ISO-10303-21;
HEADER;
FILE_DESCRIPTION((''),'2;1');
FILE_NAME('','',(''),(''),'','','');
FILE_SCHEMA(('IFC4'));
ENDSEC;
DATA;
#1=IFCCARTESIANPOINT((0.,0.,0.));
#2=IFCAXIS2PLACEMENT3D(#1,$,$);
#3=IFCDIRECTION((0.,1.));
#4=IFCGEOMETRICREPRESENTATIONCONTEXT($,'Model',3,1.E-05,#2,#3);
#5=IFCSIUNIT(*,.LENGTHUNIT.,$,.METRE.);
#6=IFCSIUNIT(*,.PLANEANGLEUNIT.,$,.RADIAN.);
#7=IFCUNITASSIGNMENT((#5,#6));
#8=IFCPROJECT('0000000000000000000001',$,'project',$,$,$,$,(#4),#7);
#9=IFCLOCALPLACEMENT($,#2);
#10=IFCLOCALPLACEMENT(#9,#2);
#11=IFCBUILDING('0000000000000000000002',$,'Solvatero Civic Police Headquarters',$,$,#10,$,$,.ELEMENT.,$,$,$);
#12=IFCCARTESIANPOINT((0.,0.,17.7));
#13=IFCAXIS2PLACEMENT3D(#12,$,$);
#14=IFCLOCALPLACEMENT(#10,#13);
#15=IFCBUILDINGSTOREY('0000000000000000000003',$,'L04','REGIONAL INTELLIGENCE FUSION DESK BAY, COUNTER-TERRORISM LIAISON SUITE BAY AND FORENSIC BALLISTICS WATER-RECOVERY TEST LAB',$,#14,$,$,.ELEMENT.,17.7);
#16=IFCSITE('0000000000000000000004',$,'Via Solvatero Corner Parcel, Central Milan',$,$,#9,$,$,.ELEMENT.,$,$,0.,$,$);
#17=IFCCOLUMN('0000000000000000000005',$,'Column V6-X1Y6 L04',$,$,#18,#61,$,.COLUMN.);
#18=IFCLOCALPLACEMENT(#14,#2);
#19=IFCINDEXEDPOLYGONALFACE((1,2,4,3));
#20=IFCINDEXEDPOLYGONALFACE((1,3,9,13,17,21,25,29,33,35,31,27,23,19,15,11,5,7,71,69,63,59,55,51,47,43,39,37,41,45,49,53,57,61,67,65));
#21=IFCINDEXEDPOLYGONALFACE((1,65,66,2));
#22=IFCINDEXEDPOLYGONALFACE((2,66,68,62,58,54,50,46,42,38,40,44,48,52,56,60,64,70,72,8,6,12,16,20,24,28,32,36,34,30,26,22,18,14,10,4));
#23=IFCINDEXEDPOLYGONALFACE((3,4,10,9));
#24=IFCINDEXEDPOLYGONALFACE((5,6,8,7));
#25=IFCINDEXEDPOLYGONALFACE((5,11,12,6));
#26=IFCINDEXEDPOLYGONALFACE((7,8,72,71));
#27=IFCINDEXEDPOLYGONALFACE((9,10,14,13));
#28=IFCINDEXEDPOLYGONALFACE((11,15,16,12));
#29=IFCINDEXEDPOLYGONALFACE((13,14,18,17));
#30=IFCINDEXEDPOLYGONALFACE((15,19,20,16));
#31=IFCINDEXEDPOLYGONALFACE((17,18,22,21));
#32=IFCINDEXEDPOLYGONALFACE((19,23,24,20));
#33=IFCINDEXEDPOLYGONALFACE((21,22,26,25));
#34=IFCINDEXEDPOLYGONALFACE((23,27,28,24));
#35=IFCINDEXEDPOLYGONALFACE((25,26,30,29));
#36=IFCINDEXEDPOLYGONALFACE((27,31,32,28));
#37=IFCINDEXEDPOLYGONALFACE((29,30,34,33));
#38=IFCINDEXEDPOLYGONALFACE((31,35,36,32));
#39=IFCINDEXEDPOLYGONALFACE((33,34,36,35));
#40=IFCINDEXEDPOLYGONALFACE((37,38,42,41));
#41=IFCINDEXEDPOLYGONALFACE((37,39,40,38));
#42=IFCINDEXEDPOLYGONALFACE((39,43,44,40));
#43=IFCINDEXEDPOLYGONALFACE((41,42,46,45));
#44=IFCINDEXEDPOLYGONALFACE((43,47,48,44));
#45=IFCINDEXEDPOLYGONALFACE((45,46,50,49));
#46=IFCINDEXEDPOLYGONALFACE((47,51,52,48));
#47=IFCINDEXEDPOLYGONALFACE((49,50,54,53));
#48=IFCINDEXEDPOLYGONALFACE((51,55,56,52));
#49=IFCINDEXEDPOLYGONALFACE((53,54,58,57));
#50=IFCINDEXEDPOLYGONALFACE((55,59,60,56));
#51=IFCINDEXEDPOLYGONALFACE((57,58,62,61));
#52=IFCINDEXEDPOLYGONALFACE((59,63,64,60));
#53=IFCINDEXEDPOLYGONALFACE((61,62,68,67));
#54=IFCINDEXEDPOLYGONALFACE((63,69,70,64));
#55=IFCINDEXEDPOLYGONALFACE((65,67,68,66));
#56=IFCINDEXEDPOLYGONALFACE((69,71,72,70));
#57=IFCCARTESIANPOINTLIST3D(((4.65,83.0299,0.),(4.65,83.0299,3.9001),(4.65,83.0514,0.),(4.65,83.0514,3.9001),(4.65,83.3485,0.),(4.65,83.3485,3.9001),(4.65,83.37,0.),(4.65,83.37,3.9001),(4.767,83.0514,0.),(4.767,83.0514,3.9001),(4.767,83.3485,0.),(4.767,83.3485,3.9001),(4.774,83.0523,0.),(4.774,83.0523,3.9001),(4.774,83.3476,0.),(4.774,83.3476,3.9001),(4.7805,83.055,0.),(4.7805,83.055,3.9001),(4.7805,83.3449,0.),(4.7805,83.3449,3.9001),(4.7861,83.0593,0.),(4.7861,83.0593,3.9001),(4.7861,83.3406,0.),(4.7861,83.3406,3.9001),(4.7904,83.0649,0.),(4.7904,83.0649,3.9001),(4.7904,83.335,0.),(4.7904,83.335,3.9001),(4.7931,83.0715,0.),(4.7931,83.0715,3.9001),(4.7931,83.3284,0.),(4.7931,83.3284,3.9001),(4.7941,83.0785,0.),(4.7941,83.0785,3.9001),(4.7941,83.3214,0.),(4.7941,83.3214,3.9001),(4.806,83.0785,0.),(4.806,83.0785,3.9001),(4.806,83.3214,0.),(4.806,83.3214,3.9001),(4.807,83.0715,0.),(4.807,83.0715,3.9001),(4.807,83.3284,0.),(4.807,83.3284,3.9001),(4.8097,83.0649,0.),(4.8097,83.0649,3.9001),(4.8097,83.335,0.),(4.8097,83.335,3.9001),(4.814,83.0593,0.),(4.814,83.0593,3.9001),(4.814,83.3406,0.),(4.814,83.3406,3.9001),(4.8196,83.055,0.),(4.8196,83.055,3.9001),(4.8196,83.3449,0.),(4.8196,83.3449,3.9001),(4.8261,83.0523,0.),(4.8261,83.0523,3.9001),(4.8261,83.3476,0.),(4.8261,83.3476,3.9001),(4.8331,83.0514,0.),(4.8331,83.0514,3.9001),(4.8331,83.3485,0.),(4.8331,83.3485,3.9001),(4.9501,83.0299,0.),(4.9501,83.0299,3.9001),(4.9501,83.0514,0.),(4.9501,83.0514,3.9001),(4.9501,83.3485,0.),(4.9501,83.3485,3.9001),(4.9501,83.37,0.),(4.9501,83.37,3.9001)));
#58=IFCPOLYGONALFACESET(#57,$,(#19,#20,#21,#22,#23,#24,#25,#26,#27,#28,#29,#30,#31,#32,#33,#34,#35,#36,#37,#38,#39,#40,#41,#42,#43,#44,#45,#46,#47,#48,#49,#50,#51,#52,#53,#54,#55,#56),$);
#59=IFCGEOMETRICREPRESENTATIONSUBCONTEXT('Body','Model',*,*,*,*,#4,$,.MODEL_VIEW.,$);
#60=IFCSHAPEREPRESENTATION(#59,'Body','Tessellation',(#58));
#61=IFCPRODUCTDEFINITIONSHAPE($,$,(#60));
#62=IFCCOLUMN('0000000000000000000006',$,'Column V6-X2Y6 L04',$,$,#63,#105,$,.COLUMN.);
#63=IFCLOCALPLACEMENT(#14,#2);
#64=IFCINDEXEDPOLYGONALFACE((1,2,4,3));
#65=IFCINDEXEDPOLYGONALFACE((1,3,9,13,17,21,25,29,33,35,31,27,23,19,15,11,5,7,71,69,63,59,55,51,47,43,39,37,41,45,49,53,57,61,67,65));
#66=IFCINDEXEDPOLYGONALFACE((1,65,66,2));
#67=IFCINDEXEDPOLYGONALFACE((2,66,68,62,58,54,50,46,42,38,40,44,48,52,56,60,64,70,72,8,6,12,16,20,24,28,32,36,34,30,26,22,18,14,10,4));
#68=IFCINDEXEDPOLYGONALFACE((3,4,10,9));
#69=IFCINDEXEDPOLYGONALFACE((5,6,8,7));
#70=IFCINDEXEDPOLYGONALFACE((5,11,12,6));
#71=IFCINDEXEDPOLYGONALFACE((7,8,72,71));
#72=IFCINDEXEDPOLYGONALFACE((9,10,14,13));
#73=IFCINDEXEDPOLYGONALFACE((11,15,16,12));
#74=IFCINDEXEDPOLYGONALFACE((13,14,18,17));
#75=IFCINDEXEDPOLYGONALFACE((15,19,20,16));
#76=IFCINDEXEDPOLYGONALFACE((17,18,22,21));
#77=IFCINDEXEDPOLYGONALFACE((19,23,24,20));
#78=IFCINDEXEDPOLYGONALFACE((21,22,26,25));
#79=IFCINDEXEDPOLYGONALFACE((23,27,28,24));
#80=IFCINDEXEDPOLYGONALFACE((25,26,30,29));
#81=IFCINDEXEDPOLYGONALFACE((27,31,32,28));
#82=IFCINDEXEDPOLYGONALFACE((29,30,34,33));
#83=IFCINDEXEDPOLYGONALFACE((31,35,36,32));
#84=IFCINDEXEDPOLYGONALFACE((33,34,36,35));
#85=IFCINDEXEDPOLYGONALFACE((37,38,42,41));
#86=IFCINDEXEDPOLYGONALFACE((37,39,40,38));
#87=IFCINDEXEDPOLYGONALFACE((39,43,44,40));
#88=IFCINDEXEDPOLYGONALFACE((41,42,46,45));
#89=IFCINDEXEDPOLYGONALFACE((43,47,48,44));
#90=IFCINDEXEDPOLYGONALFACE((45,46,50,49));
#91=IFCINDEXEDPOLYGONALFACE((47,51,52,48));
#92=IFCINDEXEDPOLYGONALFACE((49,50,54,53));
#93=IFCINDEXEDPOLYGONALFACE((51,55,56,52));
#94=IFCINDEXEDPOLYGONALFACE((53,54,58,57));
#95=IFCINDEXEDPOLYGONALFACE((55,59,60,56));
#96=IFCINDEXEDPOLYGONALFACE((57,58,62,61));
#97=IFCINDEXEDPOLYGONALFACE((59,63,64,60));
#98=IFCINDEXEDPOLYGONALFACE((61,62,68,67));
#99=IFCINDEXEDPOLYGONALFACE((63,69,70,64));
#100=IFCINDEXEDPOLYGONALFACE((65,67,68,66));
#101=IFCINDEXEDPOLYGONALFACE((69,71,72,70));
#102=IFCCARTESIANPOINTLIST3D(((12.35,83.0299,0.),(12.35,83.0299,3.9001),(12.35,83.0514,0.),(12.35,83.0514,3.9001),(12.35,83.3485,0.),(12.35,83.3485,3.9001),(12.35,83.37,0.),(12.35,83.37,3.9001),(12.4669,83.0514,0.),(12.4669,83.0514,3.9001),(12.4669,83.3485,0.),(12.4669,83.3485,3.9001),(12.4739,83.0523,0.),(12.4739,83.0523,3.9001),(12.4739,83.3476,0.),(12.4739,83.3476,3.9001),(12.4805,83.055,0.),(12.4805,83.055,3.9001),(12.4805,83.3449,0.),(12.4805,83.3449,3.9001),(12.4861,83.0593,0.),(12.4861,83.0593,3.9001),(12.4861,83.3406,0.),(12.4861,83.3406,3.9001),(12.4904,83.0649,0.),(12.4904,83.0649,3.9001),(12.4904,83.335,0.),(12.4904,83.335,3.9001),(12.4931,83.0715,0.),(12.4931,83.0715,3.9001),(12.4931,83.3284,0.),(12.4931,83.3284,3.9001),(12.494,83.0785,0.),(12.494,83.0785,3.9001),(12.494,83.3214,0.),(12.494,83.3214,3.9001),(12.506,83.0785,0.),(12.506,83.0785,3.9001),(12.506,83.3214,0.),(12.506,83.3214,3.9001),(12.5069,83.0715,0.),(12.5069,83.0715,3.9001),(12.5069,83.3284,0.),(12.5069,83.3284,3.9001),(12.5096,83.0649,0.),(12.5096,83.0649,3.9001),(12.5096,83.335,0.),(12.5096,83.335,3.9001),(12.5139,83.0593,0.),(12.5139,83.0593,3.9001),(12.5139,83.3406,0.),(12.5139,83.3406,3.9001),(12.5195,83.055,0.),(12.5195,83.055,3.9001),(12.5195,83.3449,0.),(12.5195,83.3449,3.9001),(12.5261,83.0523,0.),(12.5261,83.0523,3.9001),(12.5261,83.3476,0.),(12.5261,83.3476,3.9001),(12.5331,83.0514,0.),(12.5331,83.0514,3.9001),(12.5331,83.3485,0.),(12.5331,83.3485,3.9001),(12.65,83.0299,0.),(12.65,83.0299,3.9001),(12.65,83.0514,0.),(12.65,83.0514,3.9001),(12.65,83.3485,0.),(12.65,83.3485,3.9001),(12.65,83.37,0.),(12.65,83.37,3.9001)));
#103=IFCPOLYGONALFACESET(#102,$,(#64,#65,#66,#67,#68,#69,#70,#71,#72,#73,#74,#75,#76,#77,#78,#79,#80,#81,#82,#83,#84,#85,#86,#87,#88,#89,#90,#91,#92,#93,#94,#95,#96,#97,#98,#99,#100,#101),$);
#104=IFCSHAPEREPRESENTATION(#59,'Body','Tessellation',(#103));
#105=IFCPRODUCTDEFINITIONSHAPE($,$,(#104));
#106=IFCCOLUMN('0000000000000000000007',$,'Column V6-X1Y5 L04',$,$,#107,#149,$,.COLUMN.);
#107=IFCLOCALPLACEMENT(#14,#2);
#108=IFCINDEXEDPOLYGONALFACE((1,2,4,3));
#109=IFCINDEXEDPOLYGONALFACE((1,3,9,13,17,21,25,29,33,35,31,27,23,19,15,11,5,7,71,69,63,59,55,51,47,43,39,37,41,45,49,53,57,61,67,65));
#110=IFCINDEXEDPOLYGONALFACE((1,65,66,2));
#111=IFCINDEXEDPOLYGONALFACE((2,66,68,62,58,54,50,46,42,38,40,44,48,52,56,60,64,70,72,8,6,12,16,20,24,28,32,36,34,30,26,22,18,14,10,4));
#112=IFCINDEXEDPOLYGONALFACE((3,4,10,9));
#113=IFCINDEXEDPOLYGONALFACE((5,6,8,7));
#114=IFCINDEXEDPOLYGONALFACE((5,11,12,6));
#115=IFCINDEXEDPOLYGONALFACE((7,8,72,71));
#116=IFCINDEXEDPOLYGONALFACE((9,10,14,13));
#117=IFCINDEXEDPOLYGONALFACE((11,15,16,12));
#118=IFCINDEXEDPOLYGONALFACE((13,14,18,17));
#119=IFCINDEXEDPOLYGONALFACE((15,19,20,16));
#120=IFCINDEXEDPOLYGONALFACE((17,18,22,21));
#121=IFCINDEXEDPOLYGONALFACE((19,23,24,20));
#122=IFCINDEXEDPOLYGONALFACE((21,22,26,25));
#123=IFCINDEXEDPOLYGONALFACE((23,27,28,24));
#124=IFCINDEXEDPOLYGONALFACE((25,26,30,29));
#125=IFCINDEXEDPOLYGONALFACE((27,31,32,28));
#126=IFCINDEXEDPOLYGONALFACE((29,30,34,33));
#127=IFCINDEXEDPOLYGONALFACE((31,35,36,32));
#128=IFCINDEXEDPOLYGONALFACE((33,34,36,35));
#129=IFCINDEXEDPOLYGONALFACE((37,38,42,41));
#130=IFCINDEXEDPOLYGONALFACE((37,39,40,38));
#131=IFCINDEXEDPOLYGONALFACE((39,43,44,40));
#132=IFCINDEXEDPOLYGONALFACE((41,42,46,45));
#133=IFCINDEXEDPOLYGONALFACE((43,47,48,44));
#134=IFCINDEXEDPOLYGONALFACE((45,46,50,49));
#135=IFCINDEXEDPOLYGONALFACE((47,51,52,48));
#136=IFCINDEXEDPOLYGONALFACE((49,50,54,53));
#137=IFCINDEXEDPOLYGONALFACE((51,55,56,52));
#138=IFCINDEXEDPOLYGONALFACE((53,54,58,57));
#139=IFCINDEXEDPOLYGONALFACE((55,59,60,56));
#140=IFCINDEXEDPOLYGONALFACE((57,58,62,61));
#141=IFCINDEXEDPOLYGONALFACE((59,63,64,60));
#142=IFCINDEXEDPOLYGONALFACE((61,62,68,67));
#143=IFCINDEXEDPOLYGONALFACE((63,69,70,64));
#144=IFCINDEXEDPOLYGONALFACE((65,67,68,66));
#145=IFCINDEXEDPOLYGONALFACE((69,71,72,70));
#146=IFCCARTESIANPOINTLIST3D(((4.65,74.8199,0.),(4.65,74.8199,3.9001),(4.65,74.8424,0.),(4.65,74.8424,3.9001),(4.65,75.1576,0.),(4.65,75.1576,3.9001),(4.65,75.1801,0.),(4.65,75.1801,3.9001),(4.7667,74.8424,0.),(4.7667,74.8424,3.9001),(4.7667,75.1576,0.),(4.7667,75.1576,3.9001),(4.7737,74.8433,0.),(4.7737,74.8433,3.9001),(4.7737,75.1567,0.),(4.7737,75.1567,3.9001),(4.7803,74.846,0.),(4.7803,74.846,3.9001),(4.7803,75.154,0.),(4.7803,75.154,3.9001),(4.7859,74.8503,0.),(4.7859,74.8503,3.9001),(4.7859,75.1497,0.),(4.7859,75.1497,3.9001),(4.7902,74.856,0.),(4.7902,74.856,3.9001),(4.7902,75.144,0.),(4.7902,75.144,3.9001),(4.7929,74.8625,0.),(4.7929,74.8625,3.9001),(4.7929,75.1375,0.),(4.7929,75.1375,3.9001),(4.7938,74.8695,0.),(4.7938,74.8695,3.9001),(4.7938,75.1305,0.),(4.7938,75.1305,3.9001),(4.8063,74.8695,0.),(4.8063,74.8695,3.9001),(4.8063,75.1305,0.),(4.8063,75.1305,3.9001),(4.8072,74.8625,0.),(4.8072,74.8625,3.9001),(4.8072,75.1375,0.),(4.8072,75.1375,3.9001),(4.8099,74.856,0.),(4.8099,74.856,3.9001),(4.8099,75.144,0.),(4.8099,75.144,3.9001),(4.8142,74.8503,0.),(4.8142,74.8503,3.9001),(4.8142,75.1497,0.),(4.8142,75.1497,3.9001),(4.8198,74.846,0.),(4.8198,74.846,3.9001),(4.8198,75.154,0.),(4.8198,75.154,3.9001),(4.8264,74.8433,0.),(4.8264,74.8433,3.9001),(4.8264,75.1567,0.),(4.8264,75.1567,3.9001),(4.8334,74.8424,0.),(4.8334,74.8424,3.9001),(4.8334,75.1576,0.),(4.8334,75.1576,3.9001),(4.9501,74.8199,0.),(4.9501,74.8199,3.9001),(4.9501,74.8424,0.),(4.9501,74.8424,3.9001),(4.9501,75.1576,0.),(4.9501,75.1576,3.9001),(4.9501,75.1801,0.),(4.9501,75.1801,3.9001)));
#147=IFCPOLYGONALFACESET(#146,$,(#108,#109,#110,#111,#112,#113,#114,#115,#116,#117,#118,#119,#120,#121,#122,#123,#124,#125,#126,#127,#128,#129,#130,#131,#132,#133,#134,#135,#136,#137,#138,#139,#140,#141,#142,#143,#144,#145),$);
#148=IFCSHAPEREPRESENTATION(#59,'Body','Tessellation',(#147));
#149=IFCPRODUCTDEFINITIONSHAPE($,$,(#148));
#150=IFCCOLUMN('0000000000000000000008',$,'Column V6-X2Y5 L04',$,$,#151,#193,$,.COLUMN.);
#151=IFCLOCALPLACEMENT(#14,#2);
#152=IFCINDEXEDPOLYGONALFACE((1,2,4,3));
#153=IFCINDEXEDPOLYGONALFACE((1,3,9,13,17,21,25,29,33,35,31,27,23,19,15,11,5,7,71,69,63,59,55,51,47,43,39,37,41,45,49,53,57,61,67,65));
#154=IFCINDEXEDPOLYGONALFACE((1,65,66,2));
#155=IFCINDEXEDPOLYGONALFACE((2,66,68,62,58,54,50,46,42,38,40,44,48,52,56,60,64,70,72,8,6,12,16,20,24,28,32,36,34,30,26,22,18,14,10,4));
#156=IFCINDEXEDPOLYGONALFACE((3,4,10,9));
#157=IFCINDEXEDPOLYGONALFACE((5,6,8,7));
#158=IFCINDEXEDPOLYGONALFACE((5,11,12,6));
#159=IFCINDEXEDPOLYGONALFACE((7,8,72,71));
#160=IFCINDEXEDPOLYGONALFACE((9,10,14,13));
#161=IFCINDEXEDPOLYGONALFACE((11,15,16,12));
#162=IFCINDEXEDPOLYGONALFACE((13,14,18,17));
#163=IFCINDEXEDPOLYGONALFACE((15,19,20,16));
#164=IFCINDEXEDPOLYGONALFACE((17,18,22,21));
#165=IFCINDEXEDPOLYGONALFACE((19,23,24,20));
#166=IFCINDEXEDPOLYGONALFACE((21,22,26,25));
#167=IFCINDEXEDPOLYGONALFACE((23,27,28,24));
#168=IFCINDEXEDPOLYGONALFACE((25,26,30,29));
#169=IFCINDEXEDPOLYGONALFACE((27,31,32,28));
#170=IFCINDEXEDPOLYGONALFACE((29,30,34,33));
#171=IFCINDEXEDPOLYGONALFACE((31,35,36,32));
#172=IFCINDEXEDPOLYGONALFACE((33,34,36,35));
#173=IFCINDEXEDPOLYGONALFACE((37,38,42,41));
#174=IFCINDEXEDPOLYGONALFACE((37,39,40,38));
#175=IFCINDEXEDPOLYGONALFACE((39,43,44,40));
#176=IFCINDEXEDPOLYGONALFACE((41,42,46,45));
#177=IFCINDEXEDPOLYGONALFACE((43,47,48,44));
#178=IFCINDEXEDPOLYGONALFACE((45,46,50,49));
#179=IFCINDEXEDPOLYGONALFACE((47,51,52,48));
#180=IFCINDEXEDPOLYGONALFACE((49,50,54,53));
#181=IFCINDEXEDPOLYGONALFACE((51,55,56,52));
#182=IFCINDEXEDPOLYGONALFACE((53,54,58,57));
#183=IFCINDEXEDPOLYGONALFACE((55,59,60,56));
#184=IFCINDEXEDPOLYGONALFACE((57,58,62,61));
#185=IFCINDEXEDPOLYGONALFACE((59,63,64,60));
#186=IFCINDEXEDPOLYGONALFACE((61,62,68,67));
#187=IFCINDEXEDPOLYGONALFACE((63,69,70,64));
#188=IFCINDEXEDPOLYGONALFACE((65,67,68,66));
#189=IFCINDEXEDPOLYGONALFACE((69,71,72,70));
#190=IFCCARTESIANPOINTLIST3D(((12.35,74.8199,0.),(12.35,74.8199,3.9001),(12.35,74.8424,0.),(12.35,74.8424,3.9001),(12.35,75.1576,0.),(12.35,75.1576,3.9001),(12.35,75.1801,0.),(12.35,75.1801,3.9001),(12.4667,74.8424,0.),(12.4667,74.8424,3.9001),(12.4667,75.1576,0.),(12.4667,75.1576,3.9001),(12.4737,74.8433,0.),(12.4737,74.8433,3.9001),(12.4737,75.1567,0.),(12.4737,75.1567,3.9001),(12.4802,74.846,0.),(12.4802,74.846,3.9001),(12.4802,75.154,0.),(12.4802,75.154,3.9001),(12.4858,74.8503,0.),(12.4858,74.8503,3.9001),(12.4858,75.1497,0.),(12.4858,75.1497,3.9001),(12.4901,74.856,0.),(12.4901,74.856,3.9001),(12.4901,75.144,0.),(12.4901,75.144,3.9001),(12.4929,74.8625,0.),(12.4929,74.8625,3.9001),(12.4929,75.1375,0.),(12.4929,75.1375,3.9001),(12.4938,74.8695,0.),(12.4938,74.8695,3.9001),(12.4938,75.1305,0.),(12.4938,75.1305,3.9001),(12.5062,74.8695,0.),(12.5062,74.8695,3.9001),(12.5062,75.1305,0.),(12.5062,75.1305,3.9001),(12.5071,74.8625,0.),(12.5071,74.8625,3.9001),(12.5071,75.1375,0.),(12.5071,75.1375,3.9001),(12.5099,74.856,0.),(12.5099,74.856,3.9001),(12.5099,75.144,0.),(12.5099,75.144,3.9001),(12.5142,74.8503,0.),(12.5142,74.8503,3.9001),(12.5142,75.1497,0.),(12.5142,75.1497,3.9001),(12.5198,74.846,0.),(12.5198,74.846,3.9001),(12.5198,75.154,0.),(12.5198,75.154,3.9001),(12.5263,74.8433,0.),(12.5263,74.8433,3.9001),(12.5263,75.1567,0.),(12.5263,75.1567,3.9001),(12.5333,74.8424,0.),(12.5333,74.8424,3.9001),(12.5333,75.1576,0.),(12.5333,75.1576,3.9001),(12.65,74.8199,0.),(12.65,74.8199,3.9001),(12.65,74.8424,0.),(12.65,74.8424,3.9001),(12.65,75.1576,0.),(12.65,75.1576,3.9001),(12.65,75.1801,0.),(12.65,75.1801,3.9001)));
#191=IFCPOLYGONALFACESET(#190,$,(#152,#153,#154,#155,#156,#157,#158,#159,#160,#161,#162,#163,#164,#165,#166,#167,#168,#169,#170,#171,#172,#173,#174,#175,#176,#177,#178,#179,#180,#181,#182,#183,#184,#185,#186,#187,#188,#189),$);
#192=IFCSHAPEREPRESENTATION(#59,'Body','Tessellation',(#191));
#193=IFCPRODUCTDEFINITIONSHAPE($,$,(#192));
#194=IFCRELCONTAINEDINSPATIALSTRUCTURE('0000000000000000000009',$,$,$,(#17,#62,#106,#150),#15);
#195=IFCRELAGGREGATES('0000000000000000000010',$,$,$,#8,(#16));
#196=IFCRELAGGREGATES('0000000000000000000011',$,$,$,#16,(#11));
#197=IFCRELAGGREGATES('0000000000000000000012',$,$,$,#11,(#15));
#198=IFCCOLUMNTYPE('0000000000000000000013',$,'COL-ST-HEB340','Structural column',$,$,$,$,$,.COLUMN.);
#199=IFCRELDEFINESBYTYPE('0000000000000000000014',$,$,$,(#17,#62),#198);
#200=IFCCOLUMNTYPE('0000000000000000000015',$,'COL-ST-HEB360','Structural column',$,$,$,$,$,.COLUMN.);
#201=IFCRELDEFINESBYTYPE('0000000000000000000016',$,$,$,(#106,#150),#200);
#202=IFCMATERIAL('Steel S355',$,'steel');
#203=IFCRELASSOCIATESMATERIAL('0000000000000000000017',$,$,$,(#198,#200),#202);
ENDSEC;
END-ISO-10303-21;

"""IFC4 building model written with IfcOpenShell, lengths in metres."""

from ifc_helpers import new_model, si_unit, direction, frame, origin, origin_2d, place, context, subcontext, project, spatial, i_section, extrude, material, material_profile, profile_set, type_object, element, save


model = new_model("IFC4")

# Units and contexts
model_context = context("Model", 3, precision=1e-05, world=origin(), true_north=direction((0.0, 1.0)))
body_context = subcontext(model_context, "Body", "Model", "MODEL_VIEW")
ifc_project = project(units=[si_unit("LENGTHUNIT", "METRE"), si_unit("PLANEANGLEUNIT", "RADIAN")], contexts=[model_context])

# Site, building, storey
site_placement = place(None, origin())
site = spatial("IfcSite", under=ifc_project, at=site_placement, Name="Via Solvatero Corner Parcel, Central Milan", CompositionType="ELEMENT", RefElevation=0.0)
building_placement = place(site_placement, origin())
building = spatial("IfcBuilding", under=site, at=building_placement, Name="Solvatero Civic Police Headquarters", CompositionType="ELEMENT")
storey_placement = place(building_placement, frame((0.0, 0.0, 17.7)))
storey = spatial("IfcBuildingStorey", under=building, at=storey_placement, Name="L04", Description="REGIONAL INTELLIGENCE FUSION DESK BAY, COUNTER-TERRORISM LIAISON SUITE BAY AND FORENSIC BALLISTICS WATER-RECOVERY TEST LAB", CompositionType="ELEMENT", Elevation=17.7)

# Columns
ifc_material_1 = material(Name="Steel S355", Category="steel")
ifc_material_profile_1 = material_profile(ifc_material_1, i_section(OverallWidth=0.3, OverallDepth=0.3401, WebThickness=0.012, FlangeThickness=0.0215, FilletRadius=0.0271, at=origin_2d()), Name="HEB 340")
ifc_profile_set_1 = profile_set([ifc_material_profile_1], Name="Steel S355")
column_type_1 = type_object("IfcColumnType", Name="COL-ST-HEB340", Description="Structural column", PredefinedType="COLUMN", material=ifc_profile_set_1)
for number, where, z_axis, x_axis, name in (
    (1, (4.8, 83.2, 0.0), (0.0, 0.0, 1.0), (1.0, 0.0, 0.0), "Column V6-X1Y6 L04"),
    (2, (12.5, 83.2, 0.0), (0.0, 0.0, 1.0), (1.0, 0.0, 0.0), "Column V6-X2Y6 L04"),
):
    element("IfcColumn", number, at=place(storey_placement, frame(where, z_axis=z_axis, x_axis=x_axis)), inside=storey, type_object=column_type_1, Name=name, PredefinedType="COLUMN", context=body_context, shape_type="SweptSolid", body=[
        extrude(i_section(OverallWidth=0.3, OverallDepth=0.3401, WebThickness=0.012, FlangeThickness=0.0215, FilletRadius=0.0271, at=origin_2d()), origin(), (0.0, 0.0, 1.0), 3.9001),
    ])
ifc_material_profile_2 = material_profile(ifc_material_1, i_section(OverallWidth=0.3, OverallDepth=0.3601, WebThickness=0.0125, FlangeThickness=0.0225, FilletRadius=0.0271, at=origin_2d()), Name="HEB 360")
ifc_profile_set_2 = profile_set([ifc_material_profile_2], Name="Steel S355")
column_type_2 = type_object("IfcColumnType", Name="COL-ST-HEB360", Description="Structural column", PredefinedType="COLUMN", material=ifc_profile_set_2)
for number, where, z_axis, x_axis, name in (
    (3, (4.8, 75.0, 0.0), (0.0, 0.0, 1.0), (1.0, 0.0, 0.0), "Column V6-X1Y5 L04"),
    (4, (12.5, 75.0, 0.0), (0.0, 0.0, 1.0), (1.0, 0.0, 0.0), "Column V6-X2Y5 L04"),
):
    element("IfcColumn", number, at=place(storey_placement, frame(where, z_axis=z_axis, x_axis=x_axis)), inside=storey, type_object=column_type_2, Name=name, PredefinedType="COLUMN", context=body_context, shape_type="SweptSolid", body=[
        extrude(i_section(OverallWidth=0.3, OverallDepth=0.3601, WebThickness=0.0125, FlangeThickness=0.0225, FilletRadius=0.0271, at=origin_2d()), origin(), (0.0, 0.0, 1.0), 3.9001),
    ])

save(model, "model.ifc")
